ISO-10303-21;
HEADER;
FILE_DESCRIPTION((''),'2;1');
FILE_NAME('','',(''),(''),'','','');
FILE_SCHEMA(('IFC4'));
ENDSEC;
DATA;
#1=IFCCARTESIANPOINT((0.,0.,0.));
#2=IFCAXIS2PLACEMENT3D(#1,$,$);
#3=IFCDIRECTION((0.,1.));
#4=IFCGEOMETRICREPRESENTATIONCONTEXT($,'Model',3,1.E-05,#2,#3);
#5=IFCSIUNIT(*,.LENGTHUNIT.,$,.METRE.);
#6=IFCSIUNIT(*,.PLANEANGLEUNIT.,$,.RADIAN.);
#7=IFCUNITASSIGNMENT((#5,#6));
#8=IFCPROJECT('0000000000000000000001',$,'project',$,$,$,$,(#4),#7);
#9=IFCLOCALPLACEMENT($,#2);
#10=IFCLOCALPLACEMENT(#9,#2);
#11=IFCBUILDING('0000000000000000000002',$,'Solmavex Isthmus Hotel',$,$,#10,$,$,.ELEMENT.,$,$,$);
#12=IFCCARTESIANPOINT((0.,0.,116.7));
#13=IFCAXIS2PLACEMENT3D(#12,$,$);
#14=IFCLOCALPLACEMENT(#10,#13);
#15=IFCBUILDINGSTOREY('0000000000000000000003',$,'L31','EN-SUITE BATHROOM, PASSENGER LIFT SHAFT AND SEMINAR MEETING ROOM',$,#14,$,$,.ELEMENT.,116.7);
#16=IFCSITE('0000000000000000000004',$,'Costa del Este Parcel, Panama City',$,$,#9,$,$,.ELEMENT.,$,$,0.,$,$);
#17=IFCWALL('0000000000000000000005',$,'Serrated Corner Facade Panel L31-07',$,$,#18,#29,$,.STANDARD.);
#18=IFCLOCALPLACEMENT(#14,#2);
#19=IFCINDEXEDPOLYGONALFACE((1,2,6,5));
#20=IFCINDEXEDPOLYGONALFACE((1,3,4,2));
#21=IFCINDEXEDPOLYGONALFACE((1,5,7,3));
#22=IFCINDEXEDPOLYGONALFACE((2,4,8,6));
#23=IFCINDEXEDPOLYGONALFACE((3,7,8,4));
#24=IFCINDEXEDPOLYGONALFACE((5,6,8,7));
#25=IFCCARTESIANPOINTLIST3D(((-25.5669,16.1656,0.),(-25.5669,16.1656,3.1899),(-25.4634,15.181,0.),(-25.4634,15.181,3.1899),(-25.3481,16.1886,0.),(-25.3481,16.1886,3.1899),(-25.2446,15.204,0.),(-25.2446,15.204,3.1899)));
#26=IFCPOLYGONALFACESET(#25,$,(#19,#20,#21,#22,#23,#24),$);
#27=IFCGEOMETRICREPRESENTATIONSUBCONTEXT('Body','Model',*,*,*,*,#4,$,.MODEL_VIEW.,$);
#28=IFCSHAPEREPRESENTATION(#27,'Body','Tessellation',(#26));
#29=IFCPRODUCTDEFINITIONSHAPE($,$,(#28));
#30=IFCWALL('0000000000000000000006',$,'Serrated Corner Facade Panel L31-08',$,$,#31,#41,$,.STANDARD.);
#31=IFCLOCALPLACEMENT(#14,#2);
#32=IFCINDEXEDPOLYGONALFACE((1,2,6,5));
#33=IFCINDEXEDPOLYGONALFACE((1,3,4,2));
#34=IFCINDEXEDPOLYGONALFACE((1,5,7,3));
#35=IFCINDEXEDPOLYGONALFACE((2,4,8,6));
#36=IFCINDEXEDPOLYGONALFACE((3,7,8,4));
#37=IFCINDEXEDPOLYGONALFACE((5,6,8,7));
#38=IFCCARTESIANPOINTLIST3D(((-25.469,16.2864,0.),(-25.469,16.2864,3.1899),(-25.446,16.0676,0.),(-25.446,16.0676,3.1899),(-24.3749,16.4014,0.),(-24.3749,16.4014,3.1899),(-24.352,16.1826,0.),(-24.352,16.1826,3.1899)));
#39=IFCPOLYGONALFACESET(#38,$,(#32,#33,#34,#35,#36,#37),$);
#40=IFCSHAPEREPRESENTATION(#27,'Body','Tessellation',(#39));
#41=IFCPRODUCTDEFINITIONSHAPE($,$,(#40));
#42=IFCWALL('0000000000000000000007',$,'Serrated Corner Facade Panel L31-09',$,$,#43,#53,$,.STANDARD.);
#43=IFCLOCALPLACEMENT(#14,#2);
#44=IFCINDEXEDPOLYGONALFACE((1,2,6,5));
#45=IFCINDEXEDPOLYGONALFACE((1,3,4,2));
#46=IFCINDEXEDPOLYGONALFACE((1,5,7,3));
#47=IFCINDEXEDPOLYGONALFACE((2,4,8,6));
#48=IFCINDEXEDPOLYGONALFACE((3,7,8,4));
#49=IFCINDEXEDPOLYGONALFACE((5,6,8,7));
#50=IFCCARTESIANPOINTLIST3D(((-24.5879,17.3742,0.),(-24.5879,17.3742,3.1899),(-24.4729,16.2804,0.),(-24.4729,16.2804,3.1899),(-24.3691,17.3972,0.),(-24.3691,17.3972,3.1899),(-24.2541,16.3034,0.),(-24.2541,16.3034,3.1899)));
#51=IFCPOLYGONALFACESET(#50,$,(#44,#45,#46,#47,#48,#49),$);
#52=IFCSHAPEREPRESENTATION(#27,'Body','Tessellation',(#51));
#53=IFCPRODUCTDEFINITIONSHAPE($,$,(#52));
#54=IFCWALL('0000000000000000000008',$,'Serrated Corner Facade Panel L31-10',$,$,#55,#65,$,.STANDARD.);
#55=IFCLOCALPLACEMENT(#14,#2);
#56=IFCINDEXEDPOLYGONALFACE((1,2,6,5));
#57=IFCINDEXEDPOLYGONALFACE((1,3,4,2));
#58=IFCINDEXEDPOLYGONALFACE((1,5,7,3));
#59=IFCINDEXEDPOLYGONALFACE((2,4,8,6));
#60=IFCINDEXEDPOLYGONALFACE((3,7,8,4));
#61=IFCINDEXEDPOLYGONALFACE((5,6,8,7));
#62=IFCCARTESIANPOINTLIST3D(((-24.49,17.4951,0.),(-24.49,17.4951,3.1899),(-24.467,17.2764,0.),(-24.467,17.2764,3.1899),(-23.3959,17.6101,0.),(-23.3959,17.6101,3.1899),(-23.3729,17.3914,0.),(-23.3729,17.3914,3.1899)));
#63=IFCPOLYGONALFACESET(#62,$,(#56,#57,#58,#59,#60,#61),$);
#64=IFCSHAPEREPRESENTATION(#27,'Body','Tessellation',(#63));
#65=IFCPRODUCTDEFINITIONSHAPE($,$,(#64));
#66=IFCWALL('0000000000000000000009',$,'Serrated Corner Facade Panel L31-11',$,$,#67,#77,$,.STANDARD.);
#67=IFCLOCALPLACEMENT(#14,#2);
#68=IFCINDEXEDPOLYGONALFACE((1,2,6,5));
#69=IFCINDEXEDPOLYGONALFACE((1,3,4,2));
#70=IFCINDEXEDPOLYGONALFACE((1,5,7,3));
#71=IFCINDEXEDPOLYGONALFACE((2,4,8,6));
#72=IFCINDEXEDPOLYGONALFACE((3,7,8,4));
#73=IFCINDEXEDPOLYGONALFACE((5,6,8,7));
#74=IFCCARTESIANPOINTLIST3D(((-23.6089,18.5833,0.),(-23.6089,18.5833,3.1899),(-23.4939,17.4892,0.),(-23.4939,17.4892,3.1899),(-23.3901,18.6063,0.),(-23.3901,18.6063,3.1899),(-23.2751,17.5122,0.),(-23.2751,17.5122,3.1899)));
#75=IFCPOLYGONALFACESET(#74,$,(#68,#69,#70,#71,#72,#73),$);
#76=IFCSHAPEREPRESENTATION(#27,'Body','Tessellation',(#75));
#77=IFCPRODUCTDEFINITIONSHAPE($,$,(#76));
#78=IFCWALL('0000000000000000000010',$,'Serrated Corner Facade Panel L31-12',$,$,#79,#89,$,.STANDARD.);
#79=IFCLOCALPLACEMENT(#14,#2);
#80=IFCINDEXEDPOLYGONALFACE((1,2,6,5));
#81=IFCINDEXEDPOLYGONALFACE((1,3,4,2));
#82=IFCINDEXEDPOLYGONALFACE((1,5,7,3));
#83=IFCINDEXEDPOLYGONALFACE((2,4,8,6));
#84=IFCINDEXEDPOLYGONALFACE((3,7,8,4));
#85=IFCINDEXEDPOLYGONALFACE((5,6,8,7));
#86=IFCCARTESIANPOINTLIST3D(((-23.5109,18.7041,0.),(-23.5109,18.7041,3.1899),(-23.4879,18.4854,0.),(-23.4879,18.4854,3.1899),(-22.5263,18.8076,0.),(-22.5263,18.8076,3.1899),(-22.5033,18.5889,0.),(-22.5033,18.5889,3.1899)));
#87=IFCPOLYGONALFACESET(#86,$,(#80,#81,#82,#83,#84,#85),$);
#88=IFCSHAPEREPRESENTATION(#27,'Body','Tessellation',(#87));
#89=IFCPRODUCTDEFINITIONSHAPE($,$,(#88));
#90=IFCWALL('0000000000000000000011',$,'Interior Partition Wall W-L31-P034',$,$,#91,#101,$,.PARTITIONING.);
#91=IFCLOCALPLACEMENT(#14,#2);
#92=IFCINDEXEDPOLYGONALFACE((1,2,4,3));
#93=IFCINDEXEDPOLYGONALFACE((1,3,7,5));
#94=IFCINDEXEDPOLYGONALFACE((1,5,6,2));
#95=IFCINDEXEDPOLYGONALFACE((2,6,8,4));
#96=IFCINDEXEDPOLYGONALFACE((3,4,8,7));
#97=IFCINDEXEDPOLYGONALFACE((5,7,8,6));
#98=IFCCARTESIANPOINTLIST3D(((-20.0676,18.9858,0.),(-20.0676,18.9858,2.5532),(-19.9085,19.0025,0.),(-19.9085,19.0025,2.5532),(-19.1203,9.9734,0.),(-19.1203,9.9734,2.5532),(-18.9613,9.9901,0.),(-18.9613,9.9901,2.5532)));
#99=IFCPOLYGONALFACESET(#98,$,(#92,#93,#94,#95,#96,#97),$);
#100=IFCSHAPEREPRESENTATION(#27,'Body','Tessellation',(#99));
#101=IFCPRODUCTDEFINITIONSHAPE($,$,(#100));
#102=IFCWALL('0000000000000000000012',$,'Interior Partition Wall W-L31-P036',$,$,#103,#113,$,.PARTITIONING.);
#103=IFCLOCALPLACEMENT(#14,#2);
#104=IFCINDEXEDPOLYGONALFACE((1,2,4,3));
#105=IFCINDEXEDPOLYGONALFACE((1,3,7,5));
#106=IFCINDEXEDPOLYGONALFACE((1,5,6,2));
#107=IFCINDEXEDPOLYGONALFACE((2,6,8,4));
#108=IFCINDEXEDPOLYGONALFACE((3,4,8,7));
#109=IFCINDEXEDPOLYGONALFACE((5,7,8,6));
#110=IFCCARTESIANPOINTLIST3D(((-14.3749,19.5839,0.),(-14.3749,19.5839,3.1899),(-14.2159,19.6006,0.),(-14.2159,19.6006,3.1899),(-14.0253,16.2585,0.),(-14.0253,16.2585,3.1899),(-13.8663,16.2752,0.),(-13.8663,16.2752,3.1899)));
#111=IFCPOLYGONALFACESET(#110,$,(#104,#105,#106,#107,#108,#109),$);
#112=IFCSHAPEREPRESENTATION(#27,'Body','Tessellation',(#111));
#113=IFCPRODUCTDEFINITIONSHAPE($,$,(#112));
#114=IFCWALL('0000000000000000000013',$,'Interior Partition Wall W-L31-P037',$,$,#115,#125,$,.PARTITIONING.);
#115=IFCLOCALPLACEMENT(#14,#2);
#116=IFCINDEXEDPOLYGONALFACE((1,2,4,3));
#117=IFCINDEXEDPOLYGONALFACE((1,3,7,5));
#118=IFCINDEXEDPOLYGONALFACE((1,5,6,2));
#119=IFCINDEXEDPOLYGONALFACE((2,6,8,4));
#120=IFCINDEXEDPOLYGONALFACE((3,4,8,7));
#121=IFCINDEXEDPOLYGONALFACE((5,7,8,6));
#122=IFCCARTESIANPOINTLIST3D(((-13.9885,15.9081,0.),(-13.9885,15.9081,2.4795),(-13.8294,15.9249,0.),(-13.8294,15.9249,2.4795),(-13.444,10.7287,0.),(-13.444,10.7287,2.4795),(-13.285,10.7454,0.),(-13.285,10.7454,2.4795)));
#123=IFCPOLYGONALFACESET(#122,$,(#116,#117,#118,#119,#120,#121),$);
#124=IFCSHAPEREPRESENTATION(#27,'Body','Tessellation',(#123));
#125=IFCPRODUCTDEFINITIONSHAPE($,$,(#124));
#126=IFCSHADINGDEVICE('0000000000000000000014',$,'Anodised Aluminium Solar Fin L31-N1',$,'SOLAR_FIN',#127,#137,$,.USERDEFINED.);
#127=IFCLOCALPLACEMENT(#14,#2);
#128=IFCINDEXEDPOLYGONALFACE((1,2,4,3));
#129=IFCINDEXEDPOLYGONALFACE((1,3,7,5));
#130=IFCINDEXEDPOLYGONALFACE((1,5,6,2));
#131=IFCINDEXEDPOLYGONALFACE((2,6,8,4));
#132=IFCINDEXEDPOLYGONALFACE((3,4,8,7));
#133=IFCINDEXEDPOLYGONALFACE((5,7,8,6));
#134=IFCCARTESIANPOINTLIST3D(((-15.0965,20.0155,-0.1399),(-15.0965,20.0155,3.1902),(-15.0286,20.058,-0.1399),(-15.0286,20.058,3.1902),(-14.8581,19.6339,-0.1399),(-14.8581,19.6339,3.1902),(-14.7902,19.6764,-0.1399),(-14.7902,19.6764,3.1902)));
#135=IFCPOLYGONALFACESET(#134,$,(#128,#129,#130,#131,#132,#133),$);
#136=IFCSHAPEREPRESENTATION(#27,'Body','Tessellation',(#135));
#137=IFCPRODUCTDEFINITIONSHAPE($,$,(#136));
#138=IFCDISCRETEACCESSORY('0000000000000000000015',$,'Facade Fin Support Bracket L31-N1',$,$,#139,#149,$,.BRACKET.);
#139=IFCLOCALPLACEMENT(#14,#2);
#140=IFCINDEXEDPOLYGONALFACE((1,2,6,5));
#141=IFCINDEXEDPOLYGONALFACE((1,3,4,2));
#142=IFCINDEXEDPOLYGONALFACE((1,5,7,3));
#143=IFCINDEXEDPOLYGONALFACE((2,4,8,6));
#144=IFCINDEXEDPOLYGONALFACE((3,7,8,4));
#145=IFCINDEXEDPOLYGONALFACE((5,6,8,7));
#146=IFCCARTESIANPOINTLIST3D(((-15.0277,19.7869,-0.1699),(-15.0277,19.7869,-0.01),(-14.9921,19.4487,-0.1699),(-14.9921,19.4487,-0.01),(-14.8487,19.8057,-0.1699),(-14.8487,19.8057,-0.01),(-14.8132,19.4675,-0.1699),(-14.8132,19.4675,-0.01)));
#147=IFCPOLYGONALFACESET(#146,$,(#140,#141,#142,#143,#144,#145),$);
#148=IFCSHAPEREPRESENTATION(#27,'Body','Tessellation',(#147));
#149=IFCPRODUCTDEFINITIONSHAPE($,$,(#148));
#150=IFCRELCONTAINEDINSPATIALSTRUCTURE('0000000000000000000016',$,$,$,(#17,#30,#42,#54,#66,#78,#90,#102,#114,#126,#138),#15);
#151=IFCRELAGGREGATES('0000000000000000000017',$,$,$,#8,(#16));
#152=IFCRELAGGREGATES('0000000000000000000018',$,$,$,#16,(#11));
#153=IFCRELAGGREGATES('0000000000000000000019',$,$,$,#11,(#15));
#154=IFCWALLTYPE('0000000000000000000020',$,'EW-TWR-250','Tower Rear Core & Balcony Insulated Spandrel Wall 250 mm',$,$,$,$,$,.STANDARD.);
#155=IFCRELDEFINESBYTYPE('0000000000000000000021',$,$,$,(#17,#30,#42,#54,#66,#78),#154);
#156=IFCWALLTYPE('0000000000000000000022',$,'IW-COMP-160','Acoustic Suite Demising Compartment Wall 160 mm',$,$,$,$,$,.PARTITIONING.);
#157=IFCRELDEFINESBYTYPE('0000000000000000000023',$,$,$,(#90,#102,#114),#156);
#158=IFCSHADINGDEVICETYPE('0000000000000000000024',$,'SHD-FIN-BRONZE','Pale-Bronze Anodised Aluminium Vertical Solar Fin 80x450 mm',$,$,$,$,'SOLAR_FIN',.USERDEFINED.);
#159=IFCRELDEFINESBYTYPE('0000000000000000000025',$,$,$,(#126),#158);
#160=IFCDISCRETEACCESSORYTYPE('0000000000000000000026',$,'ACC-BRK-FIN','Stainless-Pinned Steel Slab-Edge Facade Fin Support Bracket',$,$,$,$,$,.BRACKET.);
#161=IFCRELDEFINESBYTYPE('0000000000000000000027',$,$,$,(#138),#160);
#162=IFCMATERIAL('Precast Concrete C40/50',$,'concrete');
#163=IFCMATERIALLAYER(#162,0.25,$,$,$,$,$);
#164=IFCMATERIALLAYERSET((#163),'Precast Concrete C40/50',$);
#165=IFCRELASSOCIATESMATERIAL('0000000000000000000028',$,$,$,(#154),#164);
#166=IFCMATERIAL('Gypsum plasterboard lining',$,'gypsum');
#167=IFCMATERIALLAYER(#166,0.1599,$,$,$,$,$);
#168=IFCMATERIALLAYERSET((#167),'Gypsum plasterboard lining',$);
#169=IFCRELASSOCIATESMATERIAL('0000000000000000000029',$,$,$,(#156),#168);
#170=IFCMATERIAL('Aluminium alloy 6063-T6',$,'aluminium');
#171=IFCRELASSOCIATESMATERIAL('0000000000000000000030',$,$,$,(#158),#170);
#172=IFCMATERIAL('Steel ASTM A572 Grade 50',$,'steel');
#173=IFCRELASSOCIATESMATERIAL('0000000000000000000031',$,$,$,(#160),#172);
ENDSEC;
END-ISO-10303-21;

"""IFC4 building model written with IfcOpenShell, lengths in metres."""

from ifc_helpers import new_model, si_unit, direction, frame, frame_2d, origin, origin_2d, place, context, subcontext, project, spatial, rectangle, extrude, material, layer, layer_set, type_object, element, save


model = new_model("IFC4")

# Units and contexts
model_context = context("Model", 3, precision=1e-05, world=origin(), true_north=direction((0.0, 1.0)))
body_context = subcontext(model_context, "Body", "Model", "MODEL_VIEW")
ifc_project = project(units=[si_unit("LENGTHUNIT", "METRE"), si_unit("PLANEANGLEUNIT", "RADIAN")], contexts=[model_context])

# Site, building, storey
site_placement = place(None, origin())
site = spatial("IfcSite", under=ifc_project, at=site_placement, Name="Costa del Este Parcel, Panama City", CompositionType="ELEMENT", RefElevation=0.0)
building_placement = place(site_placement, origin())
building = spatial("IfcBuilding", under=site, at=building_placement, Name="Solmavex Isthmus Hotel", CompositionType="ELEMENT")
storey_placement = place(building_placement, frame((0.0, 0.0, 116.7)))
storey = spatial("IfcBuildingStorey", under=building, at=storey_placement, Name="L31", Description="EN-SUITE BATHROOM, PASSENGER LIFT SHAFT AND SEMINAR MEETING ROOM", CompositionType="ELEMENT", Elevation=116.7)

# Shared definitions
ifc_material_1 = material(Name="Aluminium alloy 6063-T6", Category="aluminium")

# Walls
ifc_material_2 = material(Name="Precast Concrete C40/50", Category="concrete")
ifc_layer_1 = layer(ifc_material_2, 0.25)
ifc_layer_set_1 = layer_set([ifc_layer_1], Name="Precast Concrete C40/50")
wall_type_1 = type_object("IfcWallType", Name="EW-TWR-250", Description="Tower Rear Core & Balcony Insulated Spandrel Wall 250 mm", PredefinedType="STANDARD", material=ifc_layer_set_1)
wall_1_placement = place(storey_placement, frame((-25.354, 15.1924, 0.0), z_axis=(0.0, 0.0, 1.0), x_axis=(-0.104556, 0.994519, 0.0)))
element("IfcWall", 1, at=wall_1_placement, inside=storey, type_object=wall_type_1, Name="Serrated Corner Facade Panel L31-07", PredefinedType="STANDARD", context=body_context, shape_type="SweptSolid", body=[
    extrude(rectangle(XDim=0.99, YDim=0.22, at=frame_2d((0.4951, 0.0))), origin(), (0.0, 0.0, 1.0), 3.1899),
])
wall_2_placement = place(storey_placement, frame((-25.4575, 16.177, 0.0), z_axis=(0.0, 0.0, 1.0), x_axis=(0.994521, 0.104535, 0.0)))
element("IfcWall", 2, at=wall_2_placement, inside=storey, type_object=wall_type_1, Name="Serrated Corner Facade Panel L31-08", PredefinedType="STANDARD", context=body_context, shape_type="SweptSolid", body=[
    extrude(rectangle(XDim=1.1001, YDim=0.22, at=frame_2d((0.55, 0.0))), origin(), (0.0, 0.0, 1.0), 3.1899),
])
wall_3_placement = place(storey_placement, frame((-24.3635, 16.292, 0.0), z_axis=(0.0, 0.0, 1.0), x_axis=(-0.104558, 0.994519, 0.0)))
element("IfcWall", 3, at=wall_3_placement, inside=storey, type_object=wall_type_1, Name="Serrated Corner Facade Panel L31-09", PredefinedType="STANDARD", context=body_context, shape_type="SweptSolid", body=[
    extrude(rectangle(XDim=1.0999, YDim=0.22, at=frame_2d((0.5498, 0.0))), origin(), (0.0, 0.0, 1.0), 3.1899),
])
for number, where, z_axis, x_axis, name in (
    (4, (-24.4785, 17.3857, 0.0), (0.0, 0.0, 1.0), (0.994521, 0.104535, 0.0), "Serrated Corner Facade Panel L31-10"),
    (5, (-23.3845, 17.5007, 0.0), (0.0, 0.0, 1.0), (-0.104535, 0.994521, 0.0), "Serrated Corner Facade Panel L31-11"),
):
    element("IfcWall", number, at=place(storey_placement, frame(where, z_axis=z_axis, x_axis=x_axis)), inside=storey, type_object=wall_type_1, Name=name, PredefinedType="STANDARD", context=body_context, shape_type="SweptSolid", body=[
        extrude(rectangle(XDim=1.1001, YDim=0.22, at=frame_2d((0.55, 0.0))), origin(), (0.0, 0.0, 1.0), 3.1899),
    ])
wall_4_placement = place(storey_placement, frame((-23.4995, 18.5947, 0.0), z_axis=(0.0, 0.0, 1.0), x_axis=(0.994519, 0.104556, 0.0)))
element("IfcWall", 6, at=wall_4_placement, inside=storey, type_object=wall_type_1, Name="Serrated Corner Facade Panel L31-12", PredefinedType="STANDARD", context=body_context, shape_type="SweptSolid", body=[
    extrude(rectangle(XDim=0.99, YDim=0.22, at=frame_2d((0.4951, 0.0))), origin(), (0.0, 0.0, 1.0), 3.1899),
])
ifc_material_3 = material(Name="Gypsum plasterboard lining", Category="gypsum")
ifc_layer_2 = layer(ifc_material_3, 0.1599)
ifc_layer_set_2 = layer_set([ifc_layer_2], Name="Gypsum plasterboard lining")
wall_type_2 = type_object("IfcWallType", Name="IW-COMP-160", Description="Acoustic Suite Demising Compartment Wall 160 mm", PredefinedType="PARTITIONING", material=ifc_layer_set_2)
wall_5_placement = place(storey_placement, frame((-19.988, 18.9941, 0.0), z_axis=(0.0, 0.0, 1.0), x_axis=(0.104531, -0.994522, 0.0)))
element("IfcWall", 7, at=wall_5_placement, inside=storey, type_object=wall_type_2, Name="Interior Partition Wall W-L31-P034", PredefinedType="PARTITIONING", context=body_context, shape_type="SweptSolid", body=[
    extrude(rectangle(XDim=9.062, YDim=0.1599, at=frame_2d((4.531, 0.0))), origin(), (0.0, 0.0, 1.0), 2.5532),
])
wall_6_placement = place(storey_placement, frame((-14.2954, 19.5923, 0.0), z_axis=(0.0, 0.0, 1.0), x_axis=(0.104556, -0.994519, 0.0)))
element("IfcWall", 8, at=wall_6_placement, inside=storey, type_object=wall_type_2, Name="Interior Partition Wall W-L31-P036", PredefinedType="PARTITIONING", context=body_context, shape_type="SweptSolid", body=[
    extrude(rectangle(XDim=3.3438, YDim=0.1599, at=frame_2d((1.6719, 0.0))), origin(), (0.0, 0.0, 1.0), 3.1899),
])
wall_7_placement = place(storey_placement, frame((-13.9089, 15.9165, 0.0), z_axis=(0.0, 0.0, 1.0), x_axis=(0.104538, -0.994521, 0.0)))
element("IfcWall", 9, at=wall_7_placement, inside=storey, type_object=wall_type_2, Name="Interior Partition Wall W-L31-P037", PredefinedType="PARTITIONING", context=body_context, shape_type="SweptSolid", body=[
    extrude(rectangle(XDim=5.208, YDim=0.1599, at=frame_2d((2.604, 0.0))), origin(), (0.0, 0.0, 1.0), 2.4795),
])

# Shading device
shading_device_type = type_object("IfcShadingDeviceType", Name="SHD-FIN-BRONZE", Description="Pale-Bronze Anodised Aluminium Vertical Solar Fin 80x450 mm", ElementType="SOLAR_FIN", PredefinedType="USERDEFINED", material=ifc_material_1)
shading_device_placement = place(storey_placement, frame((-14.9434, 19.8459, -0.1399), z_axis=(0.0, 0.0, 1.0), x_axis=(-0.529919, 0.848048, 0.0)))
element("IfcShadingDevice", 10, at=shading_device_placement, inside=storey, type_object=shading_device_type, Name="Anodised Aluminium Solar Fin L31-N1", ObjectType="SOLAR_FIN", PredefinedType="USERDEFINED", context=body_context, shape_type="SweptSolid", body=[
    extrude(rectangle(XDim=0.45, YDim=0.0801, at=origin_2d()), origin(), (0.0, 0.0, 1.0), 3.3301),
])

# Discrete accessory
ifc_material_4 = material(Name="Steel ASTM A572 Grade 50", Category="steel")
discrete_accessory_type = type_object("IfcDiscreteAccessoryType", Name="ACC-BRK-FIN", Description="Stainless-Pinned Steel Slab-Edge Facade Fin Support Bracket", PredefinedType="BRACKET", material=ifc_material_4)
discrete_accessory_placement = place(storey_placement, frame((-14.9204, 19.6272, -0.1699), z_axis=(0.0, 0.0, 1.0), x_axis=(-0.104528, 0.994522, 0.0)))
element("IfcDiscreteAccessory", 11, at=discrete_accessory_placement, inside=storey, type_object=discrete_accessory_type, Name="Facade Fin Support Bracket L31-N1", PredefinedType="BRACKET", context=body_context, shape_type="SweptSolid", body=[
    extrude(rectangle(XDim=0.3401, YDim=0.1799, at=origin_2d()), origin(), (0.0, 0.0, 1.0), 0.1599),
])

save(model, "model.ifc")
